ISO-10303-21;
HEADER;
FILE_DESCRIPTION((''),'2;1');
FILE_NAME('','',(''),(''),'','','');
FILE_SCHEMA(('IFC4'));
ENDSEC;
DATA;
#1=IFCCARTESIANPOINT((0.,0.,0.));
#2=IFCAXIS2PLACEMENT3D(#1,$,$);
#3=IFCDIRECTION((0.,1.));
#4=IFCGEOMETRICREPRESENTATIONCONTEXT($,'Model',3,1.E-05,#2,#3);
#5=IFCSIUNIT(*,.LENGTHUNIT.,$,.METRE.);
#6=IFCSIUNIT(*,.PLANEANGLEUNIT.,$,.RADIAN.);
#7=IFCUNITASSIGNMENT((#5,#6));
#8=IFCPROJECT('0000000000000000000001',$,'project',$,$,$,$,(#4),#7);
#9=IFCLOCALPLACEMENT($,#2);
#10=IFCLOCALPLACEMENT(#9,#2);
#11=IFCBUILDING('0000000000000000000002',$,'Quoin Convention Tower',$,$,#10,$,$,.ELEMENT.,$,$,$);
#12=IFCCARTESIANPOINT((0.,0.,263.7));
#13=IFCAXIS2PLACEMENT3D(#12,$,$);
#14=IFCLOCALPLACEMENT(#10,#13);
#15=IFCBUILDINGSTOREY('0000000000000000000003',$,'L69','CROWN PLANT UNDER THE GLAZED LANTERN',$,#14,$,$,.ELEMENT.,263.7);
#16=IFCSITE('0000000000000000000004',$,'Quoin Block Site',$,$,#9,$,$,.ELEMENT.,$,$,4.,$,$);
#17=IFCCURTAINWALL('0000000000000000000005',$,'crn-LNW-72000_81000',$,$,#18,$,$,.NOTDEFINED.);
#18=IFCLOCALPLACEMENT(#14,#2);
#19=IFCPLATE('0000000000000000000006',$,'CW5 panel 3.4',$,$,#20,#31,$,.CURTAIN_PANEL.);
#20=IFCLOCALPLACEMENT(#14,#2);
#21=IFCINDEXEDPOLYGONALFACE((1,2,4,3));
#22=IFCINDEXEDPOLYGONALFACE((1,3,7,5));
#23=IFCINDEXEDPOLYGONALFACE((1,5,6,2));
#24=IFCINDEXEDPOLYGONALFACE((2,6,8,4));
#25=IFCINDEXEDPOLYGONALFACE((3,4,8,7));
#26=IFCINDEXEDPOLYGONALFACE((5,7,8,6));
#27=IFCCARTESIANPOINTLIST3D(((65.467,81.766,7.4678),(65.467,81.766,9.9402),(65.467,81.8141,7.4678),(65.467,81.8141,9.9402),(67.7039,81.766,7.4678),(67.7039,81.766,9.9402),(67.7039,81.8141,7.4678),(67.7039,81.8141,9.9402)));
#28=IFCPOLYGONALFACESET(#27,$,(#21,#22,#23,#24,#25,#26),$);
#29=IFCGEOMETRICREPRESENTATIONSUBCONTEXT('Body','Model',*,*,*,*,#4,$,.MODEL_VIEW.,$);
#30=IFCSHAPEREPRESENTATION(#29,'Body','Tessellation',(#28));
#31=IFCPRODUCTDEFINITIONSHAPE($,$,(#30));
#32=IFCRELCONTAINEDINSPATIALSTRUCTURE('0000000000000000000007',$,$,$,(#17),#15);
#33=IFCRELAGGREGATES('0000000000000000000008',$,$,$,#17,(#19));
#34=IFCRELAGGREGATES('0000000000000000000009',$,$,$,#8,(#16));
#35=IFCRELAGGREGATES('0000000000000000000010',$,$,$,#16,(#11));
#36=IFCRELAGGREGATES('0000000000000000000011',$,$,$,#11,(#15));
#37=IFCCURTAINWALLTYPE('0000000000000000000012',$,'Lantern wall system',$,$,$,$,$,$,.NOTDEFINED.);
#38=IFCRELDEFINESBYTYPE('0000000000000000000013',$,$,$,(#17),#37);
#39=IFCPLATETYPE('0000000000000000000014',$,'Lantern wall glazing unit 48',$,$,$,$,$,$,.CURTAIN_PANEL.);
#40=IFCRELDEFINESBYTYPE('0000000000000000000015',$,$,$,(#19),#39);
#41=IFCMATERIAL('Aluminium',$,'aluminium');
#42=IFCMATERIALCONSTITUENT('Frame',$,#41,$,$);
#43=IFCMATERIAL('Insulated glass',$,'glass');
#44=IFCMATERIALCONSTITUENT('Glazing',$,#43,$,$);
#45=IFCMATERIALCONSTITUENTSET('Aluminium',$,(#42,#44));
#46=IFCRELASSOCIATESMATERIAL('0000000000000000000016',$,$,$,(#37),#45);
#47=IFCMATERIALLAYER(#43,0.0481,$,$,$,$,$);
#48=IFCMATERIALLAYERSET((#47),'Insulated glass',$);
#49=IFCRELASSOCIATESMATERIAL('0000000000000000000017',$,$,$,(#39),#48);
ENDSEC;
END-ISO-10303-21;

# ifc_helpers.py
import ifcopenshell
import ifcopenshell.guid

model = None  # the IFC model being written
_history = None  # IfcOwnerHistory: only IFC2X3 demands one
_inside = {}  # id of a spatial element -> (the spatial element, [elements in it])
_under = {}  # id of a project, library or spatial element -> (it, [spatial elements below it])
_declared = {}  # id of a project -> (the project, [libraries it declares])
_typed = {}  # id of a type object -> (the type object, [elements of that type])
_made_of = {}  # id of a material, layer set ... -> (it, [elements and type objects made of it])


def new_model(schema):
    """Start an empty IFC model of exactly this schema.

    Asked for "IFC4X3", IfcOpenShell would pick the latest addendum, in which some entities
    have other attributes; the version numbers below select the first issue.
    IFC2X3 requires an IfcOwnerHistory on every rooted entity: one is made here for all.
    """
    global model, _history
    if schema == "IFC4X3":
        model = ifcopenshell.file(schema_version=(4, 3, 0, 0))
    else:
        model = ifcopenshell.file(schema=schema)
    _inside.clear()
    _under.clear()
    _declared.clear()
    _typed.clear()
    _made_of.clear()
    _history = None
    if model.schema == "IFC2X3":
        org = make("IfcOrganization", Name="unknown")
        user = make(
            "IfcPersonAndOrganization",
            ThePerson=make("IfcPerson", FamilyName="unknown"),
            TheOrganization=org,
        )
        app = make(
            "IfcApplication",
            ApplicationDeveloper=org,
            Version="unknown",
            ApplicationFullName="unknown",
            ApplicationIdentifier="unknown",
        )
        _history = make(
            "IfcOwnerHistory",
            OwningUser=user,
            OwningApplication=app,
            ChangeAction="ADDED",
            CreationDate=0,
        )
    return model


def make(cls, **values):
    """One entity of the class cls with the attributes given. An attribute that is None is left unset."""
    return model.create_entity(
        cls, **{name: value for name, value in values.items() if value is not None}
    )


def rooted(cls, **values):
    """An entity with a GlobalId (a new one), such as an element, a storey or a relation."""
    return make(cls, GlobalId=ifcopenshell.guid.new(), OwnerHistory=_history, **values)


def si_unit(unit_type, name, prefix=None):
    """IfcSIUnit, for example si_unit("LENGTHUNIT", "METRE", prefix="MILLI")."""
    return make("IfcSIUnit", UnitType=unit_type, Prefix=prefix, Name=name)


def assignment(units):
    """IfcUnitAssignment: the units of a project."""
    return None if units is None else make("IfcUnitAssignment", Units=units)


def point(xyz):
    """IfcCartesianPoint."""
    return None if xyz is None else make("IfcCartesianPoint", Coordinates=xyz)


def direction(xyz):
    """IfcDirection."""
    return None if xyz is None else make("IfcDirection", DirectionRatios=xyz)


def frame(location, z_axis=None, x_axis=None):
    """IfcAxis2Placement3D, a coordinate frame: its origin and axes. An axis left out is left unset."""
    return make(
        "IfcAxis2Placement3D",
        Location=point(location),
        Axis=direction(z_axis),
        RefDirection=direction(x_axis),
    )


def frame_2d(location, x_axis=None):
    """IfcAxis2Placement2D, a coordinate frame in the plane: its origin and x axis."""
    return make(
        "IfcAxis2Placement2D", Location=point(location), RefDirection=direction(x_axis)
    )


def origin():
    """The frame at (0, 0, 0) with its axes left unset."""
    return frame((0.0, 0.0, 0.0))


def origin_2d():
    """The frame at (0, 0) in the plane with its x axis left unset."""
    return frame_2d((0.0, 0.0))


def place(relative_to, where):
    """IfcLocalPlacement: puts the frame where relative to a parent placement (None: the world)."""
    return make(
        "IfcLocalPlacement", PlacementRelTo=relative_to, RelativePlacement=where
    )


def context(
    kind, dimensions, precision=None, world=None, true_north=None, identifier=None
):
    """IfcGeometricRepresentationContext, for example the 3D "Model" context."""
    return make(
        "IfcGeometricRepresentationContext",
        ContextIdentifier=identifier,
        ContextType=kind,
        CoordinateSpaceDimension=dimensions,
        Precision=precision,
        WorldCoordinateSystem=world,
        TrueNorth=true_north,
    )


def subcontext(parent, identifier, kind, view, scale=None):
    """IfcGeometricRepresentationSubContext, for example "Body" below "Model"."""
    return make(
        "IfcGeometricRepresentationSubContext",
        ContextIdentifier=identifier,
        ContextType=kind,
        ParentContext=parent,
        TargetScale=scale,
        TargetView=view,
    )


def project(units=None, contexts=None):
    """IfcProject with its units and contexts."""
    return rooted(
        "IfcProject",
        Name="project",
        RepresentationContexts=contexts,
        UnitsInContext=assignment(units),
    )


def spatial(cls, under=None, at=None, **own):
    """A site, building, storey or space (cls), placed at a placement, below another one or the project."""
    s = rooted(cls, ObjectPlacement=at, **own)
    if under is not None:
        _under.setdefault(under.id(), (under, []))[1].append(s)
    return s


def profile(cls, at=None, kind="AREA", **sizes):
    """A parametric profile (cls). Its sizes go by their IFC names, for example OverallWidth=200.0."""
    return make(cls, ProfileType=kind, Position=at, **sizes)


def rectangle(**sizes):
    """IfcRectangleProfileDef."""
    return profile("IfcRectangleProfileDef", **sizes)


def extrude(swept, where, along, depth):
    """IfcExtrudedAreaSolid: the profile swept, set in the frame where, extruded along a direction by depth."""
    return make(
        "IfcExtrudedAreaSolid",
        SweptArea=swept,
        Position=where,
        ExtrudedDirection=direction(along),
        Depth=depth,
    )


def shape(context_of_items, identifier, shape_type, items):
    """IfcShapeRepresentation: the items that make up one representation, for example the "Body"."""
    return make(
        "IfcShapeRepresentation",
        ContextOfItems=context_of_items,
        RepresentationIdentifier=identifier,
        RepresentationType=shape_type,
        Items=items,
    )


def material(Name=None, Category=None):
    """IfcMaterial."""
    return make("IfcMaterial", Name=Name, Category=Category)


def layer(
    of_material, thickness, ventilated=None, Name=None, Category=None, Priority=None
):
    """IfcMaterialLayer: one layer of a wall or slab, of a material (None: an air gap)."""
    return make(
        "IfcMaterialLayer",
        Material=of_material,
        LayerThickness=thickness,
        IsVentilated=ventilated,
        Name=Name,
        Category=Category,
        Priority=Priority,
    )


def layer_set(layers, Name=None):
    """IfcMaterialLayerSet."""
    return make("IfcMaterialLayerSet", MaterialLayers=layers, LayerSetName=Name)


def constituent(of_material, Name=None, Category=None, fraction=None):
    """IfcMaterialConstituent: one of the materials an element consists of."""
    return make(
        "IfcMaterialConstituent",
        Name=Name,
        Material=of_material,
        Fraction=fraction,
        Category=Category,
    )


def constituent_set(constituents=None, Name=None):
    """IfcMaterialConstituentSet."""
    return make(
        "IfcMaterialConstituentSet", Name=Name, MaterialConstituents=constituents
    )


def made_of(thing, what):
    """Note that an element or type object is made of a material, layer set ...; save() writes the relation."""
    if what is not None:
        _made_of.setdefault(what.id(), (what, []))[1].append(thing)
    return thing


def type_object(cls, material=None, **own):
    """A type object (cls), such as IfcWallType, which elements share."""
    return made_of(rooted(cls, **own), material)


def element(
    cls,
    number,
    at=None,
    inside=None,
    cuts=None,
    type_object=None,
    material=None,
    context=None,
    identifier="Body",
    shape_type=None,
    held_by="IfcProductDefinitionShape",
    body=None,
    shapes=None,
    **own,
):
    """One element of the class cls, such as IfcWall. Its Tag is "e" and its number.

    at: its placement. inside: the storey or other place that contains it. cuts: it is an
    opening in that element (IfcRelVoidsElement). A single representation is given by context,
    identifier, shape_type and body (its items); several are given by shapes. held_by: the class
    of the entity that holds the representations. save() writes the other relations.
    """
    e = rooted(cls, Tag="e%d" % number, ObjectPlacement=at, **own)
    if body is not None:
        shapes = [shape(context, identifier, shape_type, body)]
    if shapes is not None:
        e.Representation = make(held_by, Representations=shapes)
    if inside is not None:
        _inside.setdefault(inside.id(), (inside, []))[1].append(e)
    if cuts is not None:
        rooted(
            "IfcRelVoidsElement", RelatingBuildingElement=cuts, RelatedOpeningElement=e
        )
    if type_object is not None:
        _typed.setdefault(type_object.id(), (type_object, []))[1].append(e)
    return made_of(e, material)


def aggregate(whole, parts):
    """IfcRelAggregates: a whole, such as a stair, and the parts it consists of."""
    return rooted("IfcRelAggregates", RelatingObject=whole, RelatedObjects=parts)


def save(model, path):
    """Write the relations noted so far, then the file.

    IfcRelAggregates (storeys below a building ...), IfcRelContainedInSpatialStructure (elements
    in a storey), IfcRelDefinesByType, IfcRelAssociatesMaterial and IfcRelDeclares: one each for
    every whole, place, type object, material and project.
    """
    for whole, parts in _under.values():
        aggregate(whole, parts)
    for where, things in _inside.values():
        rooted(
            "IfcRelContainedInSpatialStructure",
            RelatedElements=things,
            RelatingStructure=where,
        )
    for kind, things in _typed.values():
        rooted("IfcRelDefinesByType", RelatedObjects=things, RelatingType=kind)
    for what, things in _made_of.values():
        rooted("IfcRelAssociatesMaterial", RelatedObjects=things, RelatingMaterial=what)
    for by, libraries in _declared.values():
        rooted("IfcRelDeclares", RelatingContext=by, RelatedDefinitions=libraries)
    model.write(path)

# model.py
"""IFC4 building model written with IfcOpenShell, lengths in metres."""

from ifc_helpers import new_model, si_unit, direction, frame, origin, origin_2d, place, context, subcontext, project, spatial, rectangle, extrude, material, layer, layer_set, constituent, constituent_set, type_object, element, aggregate, save


model = new_model("IFC4")

# Units and contexts
model_context = context("Model", 3, precision=1e-05, world=origin(), true_north=direction((0.0, 1.0)))
body_context = subcontext(model_context, "Body", "Model", "MODEL_VIEW")
ifc_project = project(units=[si_unit("LENGTHUNIT", "METRE"), si_unit("PLANEANGLEUNIT", "RADIAN")], contexts=[model_context])

# Site, building, storey
site_placement = place(None, origin())
site = spatial("IfcSite", under=ifc_project, at=site_placement, Name="Quoin Block Site", CompositionType="ELEMENT", RefElevation=4.0)
building_placement = place(site_placement, origin())
building = spatial("IfcBuilding", under=site, at=building_placement, Name="Quoin Convention Tower", CompositionType="ELEMENT")
storey_placement = place(building_placement, frame((0.0, 0.0, 263.7)))
storey = spatial("IfcBuildingStorey", under=building, at=storey_placement, Name="L69", Description="CROWN PLANT UNDER THE GLAZED LANTERN", CompositionType="ELEMENT", Elevation=263.7)

# Curtain wall, plate
ifc_material_1 = material(Name="Aluminium", Category="aluminium")
ifc_constituent_1 = constituent(ifc_material_1, Name="Frame")
ifc_material_2 = material(Name="Insulated glass", Category="glass")
ifc_constituent_2 = constituent(ifc_material_2, Name="Glazing")
ifc_constituent_set = constituent_set(constituents=[ifc_constituent_1, ifc_constituent_2], Name="Aluminium")
curtain_wall_type = type_object("IfcCurtainWallType", Name="Lantern wall system", PredefinedType="NOTDEFINED", material=ifc_constituent_set)
curtain_wall_placement = place(storey_placement, origin())
curtain_wall = element("IfcCurtainWall", 1, at=curtain_wall_placement, inside=storey, type_object=curtain_wall_type, Name="crn-LNW-72000_81000", PredefinedType="NOTDEFINED")
ifc_layer = layer(ifc_material_2, 0.0481)
ifc_layer_set = layer_set([ifc_layer], Name="Insulated glass")
plate_type = type_object("IfcPlateType", Name="Lantern wall glazing unit 48", PredefinedType="CURTAIN_PANEL", material=ifc_layer_set)
plate_1_placement = place(storey_placement, frame((66.5854, 81.79, 7.4678), z_axis=(0.0, 0.0, 1.0), x_axis=(-1.0, 0.0, 0.0)))
plate_1 = element("IfcPlate", 2, at=plate_1_placement, type_object=plate_type, Name="CW5 panel 3.4", PredefinedType="CURTAIN_PANEL", context=body_context, shape_type="SweptSolid", body=[
    extrude(rectangle(XDim=2.2368, YDim=0.0481, at=origin_2d()), origin(), (0.0, 0.0, 1.0), 2.4724),
])
aggregate(curtain_wall, [plate_1])

save(model, "model.ifc")
